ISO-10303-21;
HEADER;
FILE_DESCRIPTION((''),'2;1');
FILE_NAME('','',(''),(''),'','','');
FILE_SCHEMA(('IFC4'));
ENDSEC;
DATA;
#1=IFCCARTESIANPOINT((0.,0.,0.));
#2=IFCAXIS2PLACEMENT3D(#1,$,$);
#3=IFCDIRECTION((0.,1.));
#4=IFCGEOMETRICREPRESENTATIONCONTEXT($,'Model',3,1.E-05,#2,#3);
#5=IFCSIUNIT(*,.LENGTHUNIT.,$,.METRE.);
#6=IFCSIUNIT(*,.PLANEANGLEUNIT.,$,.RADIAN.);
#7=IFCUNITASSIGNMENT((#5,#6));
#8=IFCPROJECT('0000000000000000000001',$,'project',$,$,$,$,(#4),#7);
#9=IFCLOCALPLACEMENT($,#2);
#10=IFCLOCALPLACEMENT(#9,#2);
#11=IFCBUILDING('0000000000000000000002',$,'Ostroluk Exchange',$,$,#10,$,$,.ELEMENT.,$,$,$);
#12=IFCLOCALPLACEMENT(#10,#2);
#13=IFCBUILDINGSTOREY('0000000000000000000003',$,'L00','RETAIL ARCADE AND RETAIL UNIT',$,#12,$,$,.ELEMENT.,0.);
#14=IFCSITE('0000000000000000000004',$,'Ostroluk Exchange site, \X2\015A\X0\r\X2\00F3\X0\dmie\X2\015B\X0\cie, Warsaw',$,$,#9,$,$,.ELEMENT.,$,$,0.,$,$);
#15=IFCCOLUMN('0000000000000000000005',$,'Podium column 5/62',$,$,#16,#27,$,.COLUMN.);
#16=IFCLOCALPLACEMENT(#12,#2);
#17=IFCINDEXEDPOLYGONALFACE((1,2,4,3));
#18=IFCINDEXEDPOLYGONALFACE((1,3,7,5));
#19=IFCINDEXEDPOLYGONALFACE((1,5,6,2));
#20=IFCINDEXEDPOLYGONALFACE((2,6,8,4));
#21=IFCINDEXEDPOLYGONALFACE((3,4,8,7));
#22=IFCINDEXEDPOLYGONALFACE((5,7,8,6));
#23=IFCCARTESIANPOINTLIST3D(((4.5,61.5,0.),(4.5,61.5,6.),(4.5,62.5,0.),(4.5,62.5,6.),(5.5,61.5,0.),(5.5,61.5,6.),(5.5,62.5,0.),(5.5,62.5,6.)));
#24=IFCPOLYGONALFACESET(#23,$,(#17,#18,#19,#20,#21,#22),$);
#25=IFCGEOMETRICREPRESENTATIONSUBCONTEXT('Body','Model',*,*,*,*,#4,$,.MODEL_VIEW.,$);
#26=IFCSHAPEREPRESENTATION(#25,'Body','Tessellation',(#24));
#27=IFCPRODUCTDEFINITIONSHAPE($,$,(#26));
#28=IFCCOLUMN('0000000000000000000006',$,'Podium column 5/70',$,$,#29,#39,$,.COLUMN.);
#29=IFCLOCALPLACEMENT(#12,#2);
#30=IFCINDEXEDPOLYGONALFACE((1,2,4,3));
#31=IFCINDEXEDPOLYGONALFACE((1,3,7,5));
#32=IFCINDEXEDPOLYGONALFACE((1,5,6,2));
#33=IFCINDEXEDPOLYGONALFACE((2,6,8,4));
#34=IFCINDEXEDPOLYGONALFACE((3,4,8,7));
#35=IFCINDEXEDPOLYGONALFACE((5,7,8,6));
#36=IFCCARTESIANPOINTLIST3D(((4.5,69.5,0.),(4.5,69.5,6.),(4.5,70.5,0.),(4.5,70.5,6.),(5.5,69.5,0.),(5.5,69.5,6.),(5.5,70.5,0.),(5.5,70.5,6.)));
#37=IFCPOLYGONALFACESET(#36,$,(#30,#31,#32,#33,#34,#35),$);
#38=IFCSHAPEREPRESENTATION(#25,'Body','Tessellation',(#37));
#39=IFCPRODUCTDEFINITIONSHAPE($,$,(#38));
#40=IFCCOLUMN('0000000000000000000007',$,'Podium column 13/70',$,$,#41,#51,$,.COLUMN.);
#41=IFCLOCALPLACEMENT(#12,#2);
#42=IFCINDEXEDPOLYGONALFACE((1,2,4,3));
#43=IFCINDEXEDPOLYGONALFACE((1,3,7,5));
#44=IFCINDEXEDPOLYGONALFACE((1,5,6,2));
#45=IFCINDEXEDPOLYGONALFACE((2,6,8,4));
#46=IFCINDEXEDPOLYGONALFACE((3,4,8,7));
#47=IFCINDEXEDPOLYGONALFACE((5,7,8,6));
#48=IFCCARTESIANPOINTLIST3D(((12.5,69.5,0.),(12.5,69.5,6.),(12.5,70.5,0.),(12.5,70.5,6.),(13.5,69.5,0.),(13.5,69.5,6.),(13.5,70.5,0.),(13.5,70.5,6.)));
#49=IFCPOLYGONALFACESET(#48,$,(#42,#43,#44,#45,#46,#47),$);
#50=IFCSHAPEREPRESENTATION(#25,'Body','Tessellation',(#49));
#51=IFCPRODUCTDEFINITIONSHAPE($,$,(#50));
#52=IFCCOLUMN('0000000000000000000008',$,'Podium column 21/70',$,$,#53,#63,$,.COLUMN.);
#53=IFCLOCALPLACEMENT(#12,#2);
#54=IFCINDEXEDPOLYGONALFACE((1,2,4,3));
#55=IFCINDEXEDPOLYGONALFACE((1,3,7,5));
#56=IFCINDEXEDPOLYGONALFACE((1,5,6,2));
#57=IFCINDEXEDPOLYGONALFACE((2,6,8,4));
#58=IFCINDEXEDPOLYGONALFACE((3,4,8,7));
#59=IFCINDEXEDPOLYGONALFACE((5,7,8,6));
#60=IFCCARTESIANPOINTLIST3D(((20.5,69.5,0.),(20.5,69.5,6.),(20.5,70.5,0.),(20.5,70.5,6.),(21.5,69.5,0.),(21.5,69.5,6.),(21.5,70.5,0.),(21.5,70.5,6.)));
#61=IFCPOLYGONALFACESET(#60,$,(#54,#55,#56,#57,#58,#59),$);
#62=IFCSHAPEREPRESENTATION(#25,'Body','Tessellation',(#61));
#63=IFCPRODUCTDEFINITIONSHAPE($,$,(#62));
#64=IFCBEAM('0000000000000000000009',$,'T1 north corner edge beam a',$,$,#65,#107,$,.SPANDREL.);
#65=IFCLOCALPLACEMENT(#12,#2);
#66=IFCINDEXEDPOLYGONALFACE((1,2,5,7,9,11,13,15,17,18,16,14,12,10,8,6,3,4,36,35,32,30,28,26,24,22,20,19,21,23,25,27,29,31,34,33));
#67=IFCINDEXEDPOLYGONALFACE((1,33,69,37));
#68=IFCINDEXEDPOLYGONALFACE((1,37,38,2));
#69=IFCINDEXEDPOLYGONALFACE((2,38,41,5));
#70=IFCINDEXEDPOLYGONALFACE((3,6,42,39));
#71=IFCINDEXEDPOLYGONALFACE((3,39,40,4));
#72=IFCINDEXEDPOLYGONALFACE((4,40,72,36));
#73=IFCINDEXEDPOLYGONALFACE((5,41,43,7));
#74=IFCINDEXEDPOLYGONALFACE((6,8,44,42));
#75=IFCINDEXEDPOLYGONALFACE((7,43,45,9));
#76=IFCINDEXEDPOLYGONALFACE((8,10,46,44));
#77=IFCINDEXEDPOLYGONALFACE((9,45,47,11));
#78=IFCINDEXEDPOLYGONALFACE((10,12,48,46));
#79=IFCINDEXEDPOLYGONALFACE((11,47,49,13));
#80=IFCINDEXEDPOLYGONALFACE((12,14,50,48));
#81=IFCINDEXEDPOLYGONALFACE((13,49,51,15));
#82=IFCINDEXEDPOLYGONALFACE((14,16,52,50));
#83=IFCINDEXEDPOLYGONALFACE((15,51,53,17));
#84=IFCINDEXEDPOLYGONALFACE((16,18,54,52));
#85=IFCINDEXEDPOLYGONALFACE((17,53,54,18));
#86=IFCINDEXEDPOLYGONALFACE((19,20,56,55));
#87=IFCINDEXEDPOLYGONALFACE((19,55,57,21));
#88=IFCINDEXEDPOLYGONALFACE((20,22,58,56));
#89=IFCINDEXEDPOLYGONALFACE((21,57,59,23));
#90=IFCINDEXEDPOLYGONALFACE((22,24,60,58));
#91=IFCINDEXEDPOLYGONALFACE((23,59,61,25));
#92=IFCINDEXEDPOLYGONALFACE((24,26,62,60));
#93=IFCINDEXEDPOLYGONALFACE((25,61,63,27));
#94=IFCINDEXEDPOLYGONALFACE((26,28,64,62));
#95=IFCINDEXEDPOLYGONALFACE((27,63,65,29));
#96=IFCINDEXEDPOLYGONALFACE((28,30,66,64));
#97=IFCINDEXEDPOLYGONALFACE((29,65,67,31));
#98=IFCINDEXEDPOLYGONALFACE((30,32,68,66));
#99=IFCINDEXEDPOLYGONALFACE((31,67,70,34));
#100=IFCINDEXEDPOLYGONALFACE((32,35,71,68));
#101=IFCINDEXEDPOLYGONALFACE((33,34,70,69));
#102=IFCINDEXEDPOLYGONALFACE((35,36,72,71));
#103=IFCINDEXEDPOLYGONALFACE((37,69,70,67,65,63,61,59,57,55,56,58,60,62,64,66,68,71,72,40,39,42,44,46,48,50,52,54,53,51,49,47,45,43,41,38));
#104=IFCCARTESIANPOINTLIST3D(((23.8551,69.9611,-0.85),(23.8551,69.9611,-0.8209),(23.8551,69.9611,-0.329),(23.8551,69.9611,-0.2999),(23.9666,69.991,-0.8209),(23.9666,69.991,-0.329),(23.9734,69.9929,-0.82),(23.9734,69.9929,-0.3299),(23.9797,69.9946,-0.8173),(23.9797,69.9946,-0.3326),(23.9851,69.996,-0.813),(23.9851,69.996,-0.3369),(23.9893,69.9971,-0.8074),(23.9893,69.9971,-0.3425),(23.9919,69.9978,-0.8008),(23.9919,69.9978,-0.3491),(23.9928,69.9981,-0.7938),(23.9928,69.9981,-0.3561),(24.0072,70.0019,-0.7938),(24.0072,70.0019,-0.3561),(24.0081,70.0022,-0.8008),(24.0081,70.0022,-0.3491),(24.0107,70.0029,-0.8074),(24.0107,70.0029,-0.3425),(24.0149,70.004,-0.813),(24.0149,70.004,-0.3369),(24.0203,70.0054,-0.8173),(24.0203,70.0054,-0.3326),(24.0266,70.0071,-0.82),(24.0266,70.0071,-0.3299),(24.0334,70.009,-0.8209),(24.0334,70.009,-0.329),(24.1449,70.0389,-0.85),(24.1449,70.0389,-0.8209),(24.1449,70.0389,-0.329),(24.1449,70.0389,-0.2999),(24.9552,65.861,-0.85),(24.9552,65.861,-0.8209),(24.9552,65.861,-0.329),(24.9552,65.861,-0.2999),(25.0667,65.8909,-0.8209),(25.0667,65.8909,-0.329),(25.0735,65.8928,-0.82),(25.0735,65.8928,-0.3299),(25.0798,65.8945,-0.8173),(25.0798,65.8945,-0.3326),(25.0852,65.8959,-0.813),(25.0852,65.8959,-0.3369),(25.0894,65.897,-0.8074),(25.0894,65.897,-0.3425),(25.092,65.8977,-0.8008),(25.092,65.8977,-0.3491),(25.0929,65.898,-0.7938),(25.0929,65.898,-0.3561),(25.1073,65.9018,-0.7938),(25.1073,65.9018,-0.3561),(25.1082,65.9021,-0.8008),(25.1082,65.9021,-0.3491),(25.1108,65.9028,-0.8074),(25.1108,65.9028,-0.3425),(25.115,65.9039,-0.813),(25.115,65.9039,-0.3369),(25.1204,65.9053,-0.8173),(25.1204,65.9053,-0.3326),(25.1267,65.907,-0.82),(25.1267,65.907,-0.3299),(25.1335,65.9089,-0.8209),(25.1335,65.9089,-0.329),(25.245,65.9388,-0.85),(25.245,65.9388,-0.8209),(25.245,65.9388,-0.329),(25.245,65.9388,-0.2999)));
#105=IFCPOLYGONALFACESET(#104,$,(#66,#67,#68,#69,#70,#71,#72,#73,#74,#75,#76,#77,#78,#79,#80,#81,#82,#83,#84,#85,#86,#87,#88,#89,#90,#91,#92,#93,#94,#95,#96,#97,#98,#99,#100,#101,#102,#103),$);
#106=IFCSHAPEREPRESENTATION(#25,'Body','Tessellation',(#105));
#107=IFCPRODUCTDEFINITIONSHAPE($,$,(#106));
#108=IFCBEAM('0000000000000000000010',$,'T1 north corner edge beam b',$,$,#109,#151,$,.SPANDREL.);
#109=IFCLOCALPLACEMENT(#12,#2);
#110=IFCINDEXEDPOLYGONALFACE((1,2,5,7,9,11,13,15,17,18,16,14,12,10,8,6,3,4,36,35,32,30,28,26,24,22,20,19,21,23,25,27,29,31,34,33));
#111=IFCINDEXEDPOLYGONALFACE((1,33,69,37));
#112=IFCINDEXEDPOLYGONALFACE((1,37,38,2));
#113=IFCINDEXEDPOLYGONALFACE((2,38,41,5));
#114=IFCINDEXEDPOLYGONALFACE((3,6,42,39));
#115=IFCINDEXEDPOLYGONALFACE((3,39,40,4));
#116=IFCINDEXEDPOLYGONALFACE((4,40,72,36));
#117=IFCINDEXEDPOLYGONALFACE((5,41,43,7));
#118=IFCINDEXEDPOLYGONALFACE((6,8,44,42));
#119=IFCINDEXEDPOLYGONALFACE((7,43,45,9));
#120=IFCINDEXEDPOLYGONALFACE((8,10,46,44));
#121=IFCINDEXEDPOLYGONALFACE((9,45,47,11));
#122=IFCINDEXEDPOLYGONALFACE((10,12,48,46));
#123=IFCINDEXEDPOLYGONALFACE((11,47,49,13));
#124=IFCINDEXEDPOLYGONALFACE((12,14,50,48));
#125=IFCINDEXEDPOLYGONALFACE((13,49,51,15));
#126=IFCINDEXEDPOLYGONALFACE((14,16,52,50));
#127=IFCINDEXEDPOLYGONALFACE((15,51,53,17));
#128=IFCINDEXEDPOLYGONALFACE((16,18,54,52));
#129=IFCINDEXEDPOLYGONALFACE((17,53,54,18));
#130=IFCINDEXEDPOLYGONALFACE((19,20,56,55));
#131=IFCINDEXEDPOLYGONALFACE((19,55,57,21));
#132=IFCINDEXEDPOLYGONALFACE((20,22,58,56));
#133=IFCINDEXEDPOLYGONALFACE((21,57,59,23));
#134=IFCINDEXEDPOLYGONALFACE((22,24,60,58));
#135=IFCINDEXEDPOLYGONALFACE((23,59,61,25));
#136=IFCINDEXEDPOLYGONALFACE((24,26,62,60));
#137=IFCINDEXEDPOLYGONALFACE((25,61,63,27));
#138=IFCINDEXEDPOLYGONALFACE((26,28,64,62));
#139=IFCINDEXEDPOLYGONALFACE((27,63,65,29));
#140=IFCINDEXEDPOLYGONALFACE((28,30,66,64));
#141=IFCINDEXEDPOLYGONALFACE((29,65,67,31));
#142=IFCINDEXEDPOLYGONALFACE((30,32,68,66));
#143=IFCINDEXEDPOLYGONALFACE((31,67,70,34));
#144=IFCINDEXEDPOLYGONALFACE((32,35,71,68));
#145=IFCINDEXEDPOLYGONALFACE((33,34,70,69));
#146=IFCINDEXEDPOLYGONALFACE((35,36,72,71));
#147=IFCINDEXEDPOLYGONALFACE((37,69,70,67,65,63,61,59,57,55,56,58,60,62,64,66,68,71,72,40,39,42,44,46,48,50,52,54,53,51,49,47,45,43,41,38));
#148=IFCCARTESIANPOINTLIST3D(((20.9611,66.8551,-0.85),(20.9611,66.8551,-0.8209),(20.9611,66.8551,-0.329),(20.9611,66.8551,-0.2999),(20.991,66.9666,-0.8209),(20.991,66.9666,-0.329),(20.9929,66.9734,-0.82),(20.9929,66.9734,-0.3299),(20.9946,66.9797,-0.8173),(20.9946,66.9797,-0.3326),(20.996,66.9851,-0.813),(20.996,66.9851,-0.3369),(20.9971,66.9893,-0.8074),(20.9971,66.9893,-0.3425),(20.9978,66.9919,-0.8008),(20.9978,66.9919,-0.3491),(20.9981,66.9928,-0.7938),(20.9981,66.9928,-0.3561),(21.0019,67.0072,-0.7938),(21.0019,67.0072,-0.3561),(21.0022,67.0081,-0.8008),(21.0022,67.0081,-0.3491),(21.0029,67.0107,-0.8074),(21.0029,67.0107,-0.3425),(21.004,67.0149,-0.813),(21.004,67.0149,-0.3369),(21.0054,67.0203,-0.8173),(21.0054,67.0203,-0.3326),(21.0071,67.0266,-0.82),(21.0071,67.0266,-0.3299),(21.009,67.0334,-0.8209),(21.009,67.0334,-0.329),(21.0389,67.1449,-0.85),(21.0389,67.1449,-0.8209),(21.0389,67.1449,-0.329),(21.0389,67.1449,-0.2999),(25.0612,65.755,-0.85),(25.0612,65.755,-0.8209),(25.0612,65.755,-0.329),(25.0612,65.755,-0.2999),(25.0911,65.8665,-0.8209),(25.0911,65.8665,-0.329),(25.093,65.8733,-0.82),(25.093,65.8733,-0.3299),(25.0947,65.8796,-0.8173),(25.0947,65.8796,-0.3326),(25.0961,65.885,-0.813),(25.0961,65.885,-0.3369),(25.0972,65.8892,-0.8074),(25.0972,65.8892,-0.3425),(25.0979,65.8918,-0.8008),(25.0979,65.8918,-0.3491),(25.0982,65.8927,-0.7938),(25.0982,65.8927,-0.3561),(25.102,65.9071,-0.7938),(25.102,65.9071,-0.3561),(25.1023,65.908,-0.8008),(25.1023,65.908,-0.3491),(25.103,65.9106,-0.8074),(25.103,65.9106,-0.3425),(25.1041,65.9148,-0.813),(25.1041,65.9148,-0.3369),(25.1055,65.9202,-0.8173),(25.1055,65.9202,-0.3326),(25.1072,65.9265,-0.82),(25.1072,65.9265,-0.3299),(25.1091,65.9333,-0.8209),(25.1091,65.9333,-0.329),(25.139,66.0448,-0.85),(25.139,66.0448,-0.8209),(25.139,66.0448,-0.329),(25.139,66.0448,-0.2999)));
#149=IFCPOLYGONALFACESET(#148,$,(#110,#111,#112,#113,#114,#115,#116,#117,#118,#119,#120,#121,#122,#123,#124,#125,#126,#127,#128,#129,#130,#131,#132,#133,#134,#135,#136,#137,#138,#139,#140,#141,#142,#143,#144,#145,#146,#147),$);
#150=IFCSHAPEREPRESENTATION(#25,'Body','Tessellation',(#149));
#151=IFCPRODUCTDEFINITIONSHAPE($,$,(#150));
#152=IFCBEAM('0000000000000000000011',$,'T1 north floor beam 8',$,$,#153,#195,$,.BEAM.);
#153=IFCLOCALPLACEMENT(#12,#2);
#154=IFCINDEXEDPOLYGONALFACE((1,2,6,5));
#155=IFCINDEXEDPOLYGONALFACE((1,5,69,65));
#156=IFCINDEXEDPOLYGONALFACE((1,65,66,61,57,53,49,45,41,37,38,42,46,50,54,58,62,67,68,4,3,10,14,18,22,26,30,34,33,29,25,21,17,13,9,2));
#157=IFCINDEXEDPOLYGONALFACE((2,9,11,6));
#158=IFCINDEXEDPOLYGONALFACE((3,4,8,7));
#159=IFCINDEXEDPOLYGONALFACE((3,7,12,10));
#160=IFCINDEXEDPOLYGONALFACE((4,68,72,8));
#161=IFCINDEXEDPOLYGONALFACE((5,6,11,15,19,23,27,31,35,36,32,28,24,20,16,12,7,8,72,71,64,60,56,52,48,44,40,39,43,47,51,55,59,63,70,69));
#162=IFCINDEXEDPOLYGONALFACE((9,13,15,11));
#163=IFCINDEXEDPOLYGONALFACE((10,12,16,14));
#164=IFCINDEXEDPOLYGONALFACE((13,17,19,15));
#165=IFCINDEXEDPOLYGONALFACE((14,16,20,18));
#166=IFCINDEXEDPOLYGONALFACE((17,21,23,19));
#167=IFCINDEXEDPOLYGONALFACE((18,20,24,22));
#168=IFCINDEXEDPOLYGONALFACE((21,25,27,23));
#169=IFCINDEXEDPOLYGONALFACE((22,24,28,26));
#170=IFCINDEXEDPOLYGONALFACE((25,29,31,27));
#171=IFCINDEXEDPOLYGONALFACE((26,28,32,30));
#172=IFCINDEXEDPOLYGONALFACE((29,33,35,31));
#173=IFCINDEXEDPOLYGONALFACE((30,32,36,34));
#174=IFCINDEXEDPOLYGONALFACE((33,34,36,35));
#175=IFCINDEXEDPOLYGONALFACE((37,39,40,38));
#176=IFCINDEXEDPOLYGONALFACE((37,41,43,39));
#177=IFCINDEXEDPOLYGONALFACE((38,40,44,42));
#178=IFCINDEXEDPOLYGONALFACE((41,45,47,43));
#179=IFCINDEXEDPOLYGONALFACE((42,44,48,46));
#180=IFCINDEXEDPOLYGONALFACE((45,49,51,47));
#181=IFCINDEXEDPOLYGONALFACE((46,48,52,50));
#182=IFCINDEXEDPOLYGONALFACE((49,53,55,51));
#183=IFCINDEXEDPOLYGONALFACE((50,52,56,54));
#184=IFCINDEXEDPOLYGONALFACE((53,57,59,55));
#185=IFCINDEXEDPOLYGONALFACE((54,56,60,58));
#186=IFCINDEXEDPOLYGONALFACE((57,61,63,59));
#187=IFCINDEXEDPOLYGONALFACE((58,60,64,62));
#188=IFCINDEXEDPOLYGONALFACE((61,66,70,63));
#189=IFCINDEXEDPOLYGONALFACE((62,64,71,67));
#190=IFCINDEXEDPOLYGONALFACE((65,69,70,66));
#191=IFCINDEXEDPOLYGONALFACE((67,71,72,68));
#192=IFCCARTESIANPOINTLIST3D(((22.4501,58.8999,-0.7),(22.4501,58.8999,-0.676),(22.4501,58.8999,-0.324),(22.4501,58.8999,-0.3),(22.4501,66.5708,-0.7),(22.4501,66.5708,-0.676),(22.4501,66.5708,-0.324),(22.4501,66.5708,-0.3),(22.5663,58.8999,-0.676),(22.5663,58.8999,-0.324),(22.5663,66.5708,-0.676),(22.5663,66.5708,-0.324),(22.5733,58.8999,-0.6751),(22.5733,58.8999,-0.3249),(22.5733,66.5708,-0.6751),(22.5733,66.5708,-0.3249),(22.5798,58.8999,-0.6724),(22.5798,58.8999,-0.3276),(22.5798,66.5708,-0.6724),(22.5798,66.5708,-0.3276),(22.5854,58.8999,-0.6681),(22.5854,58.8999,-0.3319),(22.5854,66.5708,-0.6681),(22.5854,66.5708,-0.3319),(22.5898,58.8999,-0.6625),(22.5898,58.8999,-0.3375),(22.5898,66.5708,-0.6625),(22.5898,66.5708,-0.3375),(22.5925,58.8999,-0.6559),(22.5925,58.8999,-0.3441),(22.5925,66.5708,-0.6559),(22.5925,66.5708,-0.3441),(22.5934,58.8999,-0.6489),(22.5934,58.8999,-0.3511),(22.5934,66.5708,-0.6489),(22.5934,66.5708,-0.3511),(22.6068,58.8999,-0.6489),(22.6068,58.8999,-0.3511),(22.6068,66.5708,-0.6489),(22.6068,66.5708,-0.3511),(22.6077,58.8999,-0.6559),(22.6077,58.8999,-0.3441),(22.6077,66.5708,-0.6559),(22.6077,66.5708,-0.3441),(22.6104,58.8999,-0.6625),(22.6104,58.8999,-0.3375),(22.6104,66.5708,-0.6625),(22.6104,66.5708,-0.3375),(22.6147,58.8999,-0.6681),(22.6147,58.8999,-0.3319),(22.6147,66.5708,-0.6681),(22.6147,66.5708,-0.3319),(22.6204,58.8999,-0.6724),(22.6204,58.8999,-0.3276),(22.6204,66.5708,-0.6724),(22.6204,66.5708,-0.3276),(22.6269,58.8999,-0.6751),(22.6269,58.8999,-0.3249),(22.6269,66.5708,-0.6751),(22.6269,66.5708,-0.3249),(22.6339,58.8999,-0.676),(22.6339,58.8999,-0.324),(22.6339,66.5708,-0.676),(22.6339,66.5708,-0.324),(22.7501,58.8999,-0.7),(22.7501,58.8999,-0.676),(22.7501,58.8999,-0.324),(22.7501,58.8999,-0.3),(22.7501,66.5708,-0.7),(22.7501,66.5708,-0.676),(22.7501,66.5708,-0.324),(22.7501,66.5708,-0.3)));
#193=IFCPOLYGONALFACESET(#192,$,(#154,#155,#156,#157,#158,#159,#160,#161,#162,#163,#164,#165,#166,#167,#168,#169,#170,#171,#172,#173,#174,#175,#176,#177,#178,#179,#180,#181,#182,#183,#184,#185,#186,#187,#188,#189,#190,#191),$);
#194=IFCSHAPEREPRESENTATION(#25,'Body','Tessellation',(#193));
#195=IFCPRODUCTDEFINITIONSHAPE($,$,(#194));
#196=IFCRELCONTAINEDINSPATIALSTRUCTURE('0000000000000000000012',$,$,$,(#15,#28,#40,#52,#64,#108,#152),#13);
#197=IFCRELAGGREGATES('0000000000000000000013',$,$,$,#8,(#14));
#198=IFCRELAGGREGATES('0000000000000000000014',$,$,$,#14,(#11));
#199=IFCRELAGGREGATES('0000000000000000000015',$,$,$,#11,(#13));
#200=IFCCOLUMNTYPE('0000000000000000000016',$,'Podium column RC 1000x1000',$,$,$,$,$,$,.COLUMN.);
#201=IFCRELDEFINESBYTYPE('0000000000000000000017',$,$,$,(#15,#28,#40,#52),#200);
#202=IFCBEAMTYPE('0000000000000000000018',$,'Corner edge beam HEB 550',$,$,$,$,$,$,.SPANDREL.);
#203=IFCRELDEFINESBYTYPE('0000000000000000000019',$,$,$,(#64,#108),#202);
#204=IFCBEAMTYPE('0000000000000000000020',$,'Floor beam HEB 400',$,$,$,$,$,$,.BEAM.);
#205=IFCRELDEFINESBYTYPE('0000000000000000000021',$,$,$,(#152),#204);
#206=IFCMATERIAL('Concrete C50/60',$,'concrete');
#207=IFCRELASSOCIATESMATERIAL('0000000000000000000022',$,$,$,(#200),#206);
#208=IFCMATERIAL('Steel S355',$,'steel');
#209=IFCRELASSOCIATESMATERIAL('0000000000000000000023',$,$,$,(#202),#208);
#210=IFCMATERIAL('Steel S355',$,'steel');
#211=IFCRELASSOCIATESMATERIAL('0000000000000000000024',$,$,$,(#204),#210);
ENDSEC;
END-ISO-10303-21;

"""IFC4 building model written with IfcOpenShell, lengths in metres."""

from ifc_helpers import new_model, si_unit, direction, frame, origin, origin_2d, place, context, subcontext, project, spatial, rectangle, i_section, extrude, material, material_profile, profile_set, type_object, element, save


model = new_model("IFC4")

# Units and contexts
model_context = context("Model", 3, precision=1e-05, world=origin(), true_north=direction((0.0, 1.0)))
body_context = subcontext(model_context, "Body", "Model", "MODEL_VIEW")
ifc_project = project(units=[si_unit("LENGTHUNIT", "METRE"), si_unit("PLANEANGLEUNIT", "RADIAN")], contexts=[model_context])

# Site, building, storey
site_placement = place(None, origin())
site = spatial("IfcSite", under=ifc_project, at=site_placement, Name="Ostroluk Exchange site, Śródmieście, Warsaw", CompositionType="ELEMENT", RefElevation=0.0)
building_placement = place(site_placement, origin())
building = spatial("IfcBuilding", under=site, at=building_placement, Name="Ostroluk Exchange", CompositionType="ELEMENT")
storey_placement = place(building_placement, origin())
storey = spatial("IfcBuildingStorey", under=building, at=storey_placement, Name="L00", Description="RETAIL ARCADE AND RETAIL UNIT", CompositionType="ELEMENT", Elevation=0.0)

# Columns
ifc_material_1 = material(Name="Concrete C50/60", Category="concrete")
ifc_material_profile_1 = material_profile(ifc_material_1, rectangle(XDim=1.0, YDim=1.0, at=origin_2d()), Name="RC 1000x1000")
ifc_profile_set_1 = profile_set([ifc_material_profile_1], Name="Concrete C50/60")
column_type_1 = type_object("IfcColumnType", Name="Podium column RC 1000x1000", PredefinedType="COLUMN", material=ifc_profile_set_1)
for number, where, z_axis, x_axis, name in (
    (1, (5.0, 62.0, 0.0), (0.0, 0.0, 1.0), (1.0, 0.0, 0.0), "Podium column 5/62"),
    (2, (5.0, 70.0, 0.0), (0.0, 0.0, 1.0), (1.0, 0.0, 0.0), "Podium column 5/70"),
    (3, (13.0, 70.0, 0.0), (0.0, 0.0, 1.0), (1.0, 0.0, 0.0), "Podium column 13/70"),
    (4, (21.0, 70.0, 0.0), (0.0, 0.0, 1.0), (1.0, 0.0, 0.0), "Podium column 21/70"),
):
    element("IfcColumn", number, at=place(storey_placement, frame(where, z_axis=z_axis, x_axis=x_axis)), inside=storey, type_object=column_type_1, Name=name, PredefinedType="COLUMN", context=body_context, shape_type="SweptSolid", body=[
        extrude(rectangle(XDim=1.0, YDim=1.0, at=origin_2d()), origin(), (0.0, 0.0, 1.0), 6.0),
    ])

# Beams
ifc_material_2 = material(Name="Steel S355", Category="steel")
ifc_material_profile_2 = material_profile(ifc_material_2, i_section(OverallWidth=0.3, OverallDepth=0.55, WebThickness=0.0149, FlangeThickness=0.0291, FilletRadius=0.0271, at=origin_2d()), Name="HEB 550")
ifc_profile_set_2 = profile_set([ifc_material_profile_2], Name="Steel S355")
beam_type_1 = type_object("IfcBeamType", Name="Corner edge beam HEB 550", PredefinedType="SPANDREL", material=ifc_profile_set_2)
for number, where, z_axis, x_axis, name in (
    (5, (25.1001, 65.8999, -0.575), (-0.259144, 0.965839, 0.0), (-0.965839, -0.259144, 0.0), "T1 north corner edge beam a"),
    (6, (25.1001, 65.8999, -0.575), (-0.965839, 0.259144, 0.0), (-0.259144, -0.965839, 0.0), "T1 north corner edge beam b"),
):
    element("IfcBeam", number, at=place(storey_placement, frame(where, z_axis=z_axis, x_axis=x_axis)), inside=storey, type_object=beam_type_1, Name=name, PredefinedType="SPANDREL", context=body_context, shape_type="SweptSolid", body=[
        extrude(i_section(OverallWidth=0.3, OverallDepth=0.55, WebThickness=0.0149, FlangeThickness=0.0291, FilletRadius=0.0271, at=origin_2d()), origin(), (0.0, 0.0, 1.0), 4.2451),
    ])
ifc_material_3 = material(Name="Steel S355", Category="steel")
ifc_material_profile_3 = material_profile(ifc_material_3, i_section(OverallWidth=0.3, OverallDepth=0.3999, WebThickness=0.0134, FlangeThickness=0.0239, FilletRadius=0.0271, at=origin_2d()), Name="HEB 400")
ifc_profile_set_3 = profile_set([ifc_material_profile_3], Name="Steel S355")
beam_type_2 = type_object("IfcBeamType", Name="Floor beam HEB 400", PredefinedType="BEAM", material=ifc_profile_set_3)
beam_1_placement = place(storey_placement, frame((22.6001, 58.8999, -0.5), z_axis=(0.0, 1.0, 0.0), x_axis=(-1.0, 0.0, 0.0)))
element("IfcBeam", 7, at=beam_1_placement, inside=storey, type_object=beam_type_2, Name="T1 north floor beam 8", PredefinedType="BEAM", context=body_context, shape_type="SweptSolid", body=[
    extrude(i_section(OverallWidth=0.3, OverallDepth=0.3999, WebThickness=0.0134, FlangeThickness=0.0239, FilletRadius=0.0271, at=origin_2d()), origin(), (0.0, 0.0, 1.0), 7.6709),
])

save(model, "model.ifc")
